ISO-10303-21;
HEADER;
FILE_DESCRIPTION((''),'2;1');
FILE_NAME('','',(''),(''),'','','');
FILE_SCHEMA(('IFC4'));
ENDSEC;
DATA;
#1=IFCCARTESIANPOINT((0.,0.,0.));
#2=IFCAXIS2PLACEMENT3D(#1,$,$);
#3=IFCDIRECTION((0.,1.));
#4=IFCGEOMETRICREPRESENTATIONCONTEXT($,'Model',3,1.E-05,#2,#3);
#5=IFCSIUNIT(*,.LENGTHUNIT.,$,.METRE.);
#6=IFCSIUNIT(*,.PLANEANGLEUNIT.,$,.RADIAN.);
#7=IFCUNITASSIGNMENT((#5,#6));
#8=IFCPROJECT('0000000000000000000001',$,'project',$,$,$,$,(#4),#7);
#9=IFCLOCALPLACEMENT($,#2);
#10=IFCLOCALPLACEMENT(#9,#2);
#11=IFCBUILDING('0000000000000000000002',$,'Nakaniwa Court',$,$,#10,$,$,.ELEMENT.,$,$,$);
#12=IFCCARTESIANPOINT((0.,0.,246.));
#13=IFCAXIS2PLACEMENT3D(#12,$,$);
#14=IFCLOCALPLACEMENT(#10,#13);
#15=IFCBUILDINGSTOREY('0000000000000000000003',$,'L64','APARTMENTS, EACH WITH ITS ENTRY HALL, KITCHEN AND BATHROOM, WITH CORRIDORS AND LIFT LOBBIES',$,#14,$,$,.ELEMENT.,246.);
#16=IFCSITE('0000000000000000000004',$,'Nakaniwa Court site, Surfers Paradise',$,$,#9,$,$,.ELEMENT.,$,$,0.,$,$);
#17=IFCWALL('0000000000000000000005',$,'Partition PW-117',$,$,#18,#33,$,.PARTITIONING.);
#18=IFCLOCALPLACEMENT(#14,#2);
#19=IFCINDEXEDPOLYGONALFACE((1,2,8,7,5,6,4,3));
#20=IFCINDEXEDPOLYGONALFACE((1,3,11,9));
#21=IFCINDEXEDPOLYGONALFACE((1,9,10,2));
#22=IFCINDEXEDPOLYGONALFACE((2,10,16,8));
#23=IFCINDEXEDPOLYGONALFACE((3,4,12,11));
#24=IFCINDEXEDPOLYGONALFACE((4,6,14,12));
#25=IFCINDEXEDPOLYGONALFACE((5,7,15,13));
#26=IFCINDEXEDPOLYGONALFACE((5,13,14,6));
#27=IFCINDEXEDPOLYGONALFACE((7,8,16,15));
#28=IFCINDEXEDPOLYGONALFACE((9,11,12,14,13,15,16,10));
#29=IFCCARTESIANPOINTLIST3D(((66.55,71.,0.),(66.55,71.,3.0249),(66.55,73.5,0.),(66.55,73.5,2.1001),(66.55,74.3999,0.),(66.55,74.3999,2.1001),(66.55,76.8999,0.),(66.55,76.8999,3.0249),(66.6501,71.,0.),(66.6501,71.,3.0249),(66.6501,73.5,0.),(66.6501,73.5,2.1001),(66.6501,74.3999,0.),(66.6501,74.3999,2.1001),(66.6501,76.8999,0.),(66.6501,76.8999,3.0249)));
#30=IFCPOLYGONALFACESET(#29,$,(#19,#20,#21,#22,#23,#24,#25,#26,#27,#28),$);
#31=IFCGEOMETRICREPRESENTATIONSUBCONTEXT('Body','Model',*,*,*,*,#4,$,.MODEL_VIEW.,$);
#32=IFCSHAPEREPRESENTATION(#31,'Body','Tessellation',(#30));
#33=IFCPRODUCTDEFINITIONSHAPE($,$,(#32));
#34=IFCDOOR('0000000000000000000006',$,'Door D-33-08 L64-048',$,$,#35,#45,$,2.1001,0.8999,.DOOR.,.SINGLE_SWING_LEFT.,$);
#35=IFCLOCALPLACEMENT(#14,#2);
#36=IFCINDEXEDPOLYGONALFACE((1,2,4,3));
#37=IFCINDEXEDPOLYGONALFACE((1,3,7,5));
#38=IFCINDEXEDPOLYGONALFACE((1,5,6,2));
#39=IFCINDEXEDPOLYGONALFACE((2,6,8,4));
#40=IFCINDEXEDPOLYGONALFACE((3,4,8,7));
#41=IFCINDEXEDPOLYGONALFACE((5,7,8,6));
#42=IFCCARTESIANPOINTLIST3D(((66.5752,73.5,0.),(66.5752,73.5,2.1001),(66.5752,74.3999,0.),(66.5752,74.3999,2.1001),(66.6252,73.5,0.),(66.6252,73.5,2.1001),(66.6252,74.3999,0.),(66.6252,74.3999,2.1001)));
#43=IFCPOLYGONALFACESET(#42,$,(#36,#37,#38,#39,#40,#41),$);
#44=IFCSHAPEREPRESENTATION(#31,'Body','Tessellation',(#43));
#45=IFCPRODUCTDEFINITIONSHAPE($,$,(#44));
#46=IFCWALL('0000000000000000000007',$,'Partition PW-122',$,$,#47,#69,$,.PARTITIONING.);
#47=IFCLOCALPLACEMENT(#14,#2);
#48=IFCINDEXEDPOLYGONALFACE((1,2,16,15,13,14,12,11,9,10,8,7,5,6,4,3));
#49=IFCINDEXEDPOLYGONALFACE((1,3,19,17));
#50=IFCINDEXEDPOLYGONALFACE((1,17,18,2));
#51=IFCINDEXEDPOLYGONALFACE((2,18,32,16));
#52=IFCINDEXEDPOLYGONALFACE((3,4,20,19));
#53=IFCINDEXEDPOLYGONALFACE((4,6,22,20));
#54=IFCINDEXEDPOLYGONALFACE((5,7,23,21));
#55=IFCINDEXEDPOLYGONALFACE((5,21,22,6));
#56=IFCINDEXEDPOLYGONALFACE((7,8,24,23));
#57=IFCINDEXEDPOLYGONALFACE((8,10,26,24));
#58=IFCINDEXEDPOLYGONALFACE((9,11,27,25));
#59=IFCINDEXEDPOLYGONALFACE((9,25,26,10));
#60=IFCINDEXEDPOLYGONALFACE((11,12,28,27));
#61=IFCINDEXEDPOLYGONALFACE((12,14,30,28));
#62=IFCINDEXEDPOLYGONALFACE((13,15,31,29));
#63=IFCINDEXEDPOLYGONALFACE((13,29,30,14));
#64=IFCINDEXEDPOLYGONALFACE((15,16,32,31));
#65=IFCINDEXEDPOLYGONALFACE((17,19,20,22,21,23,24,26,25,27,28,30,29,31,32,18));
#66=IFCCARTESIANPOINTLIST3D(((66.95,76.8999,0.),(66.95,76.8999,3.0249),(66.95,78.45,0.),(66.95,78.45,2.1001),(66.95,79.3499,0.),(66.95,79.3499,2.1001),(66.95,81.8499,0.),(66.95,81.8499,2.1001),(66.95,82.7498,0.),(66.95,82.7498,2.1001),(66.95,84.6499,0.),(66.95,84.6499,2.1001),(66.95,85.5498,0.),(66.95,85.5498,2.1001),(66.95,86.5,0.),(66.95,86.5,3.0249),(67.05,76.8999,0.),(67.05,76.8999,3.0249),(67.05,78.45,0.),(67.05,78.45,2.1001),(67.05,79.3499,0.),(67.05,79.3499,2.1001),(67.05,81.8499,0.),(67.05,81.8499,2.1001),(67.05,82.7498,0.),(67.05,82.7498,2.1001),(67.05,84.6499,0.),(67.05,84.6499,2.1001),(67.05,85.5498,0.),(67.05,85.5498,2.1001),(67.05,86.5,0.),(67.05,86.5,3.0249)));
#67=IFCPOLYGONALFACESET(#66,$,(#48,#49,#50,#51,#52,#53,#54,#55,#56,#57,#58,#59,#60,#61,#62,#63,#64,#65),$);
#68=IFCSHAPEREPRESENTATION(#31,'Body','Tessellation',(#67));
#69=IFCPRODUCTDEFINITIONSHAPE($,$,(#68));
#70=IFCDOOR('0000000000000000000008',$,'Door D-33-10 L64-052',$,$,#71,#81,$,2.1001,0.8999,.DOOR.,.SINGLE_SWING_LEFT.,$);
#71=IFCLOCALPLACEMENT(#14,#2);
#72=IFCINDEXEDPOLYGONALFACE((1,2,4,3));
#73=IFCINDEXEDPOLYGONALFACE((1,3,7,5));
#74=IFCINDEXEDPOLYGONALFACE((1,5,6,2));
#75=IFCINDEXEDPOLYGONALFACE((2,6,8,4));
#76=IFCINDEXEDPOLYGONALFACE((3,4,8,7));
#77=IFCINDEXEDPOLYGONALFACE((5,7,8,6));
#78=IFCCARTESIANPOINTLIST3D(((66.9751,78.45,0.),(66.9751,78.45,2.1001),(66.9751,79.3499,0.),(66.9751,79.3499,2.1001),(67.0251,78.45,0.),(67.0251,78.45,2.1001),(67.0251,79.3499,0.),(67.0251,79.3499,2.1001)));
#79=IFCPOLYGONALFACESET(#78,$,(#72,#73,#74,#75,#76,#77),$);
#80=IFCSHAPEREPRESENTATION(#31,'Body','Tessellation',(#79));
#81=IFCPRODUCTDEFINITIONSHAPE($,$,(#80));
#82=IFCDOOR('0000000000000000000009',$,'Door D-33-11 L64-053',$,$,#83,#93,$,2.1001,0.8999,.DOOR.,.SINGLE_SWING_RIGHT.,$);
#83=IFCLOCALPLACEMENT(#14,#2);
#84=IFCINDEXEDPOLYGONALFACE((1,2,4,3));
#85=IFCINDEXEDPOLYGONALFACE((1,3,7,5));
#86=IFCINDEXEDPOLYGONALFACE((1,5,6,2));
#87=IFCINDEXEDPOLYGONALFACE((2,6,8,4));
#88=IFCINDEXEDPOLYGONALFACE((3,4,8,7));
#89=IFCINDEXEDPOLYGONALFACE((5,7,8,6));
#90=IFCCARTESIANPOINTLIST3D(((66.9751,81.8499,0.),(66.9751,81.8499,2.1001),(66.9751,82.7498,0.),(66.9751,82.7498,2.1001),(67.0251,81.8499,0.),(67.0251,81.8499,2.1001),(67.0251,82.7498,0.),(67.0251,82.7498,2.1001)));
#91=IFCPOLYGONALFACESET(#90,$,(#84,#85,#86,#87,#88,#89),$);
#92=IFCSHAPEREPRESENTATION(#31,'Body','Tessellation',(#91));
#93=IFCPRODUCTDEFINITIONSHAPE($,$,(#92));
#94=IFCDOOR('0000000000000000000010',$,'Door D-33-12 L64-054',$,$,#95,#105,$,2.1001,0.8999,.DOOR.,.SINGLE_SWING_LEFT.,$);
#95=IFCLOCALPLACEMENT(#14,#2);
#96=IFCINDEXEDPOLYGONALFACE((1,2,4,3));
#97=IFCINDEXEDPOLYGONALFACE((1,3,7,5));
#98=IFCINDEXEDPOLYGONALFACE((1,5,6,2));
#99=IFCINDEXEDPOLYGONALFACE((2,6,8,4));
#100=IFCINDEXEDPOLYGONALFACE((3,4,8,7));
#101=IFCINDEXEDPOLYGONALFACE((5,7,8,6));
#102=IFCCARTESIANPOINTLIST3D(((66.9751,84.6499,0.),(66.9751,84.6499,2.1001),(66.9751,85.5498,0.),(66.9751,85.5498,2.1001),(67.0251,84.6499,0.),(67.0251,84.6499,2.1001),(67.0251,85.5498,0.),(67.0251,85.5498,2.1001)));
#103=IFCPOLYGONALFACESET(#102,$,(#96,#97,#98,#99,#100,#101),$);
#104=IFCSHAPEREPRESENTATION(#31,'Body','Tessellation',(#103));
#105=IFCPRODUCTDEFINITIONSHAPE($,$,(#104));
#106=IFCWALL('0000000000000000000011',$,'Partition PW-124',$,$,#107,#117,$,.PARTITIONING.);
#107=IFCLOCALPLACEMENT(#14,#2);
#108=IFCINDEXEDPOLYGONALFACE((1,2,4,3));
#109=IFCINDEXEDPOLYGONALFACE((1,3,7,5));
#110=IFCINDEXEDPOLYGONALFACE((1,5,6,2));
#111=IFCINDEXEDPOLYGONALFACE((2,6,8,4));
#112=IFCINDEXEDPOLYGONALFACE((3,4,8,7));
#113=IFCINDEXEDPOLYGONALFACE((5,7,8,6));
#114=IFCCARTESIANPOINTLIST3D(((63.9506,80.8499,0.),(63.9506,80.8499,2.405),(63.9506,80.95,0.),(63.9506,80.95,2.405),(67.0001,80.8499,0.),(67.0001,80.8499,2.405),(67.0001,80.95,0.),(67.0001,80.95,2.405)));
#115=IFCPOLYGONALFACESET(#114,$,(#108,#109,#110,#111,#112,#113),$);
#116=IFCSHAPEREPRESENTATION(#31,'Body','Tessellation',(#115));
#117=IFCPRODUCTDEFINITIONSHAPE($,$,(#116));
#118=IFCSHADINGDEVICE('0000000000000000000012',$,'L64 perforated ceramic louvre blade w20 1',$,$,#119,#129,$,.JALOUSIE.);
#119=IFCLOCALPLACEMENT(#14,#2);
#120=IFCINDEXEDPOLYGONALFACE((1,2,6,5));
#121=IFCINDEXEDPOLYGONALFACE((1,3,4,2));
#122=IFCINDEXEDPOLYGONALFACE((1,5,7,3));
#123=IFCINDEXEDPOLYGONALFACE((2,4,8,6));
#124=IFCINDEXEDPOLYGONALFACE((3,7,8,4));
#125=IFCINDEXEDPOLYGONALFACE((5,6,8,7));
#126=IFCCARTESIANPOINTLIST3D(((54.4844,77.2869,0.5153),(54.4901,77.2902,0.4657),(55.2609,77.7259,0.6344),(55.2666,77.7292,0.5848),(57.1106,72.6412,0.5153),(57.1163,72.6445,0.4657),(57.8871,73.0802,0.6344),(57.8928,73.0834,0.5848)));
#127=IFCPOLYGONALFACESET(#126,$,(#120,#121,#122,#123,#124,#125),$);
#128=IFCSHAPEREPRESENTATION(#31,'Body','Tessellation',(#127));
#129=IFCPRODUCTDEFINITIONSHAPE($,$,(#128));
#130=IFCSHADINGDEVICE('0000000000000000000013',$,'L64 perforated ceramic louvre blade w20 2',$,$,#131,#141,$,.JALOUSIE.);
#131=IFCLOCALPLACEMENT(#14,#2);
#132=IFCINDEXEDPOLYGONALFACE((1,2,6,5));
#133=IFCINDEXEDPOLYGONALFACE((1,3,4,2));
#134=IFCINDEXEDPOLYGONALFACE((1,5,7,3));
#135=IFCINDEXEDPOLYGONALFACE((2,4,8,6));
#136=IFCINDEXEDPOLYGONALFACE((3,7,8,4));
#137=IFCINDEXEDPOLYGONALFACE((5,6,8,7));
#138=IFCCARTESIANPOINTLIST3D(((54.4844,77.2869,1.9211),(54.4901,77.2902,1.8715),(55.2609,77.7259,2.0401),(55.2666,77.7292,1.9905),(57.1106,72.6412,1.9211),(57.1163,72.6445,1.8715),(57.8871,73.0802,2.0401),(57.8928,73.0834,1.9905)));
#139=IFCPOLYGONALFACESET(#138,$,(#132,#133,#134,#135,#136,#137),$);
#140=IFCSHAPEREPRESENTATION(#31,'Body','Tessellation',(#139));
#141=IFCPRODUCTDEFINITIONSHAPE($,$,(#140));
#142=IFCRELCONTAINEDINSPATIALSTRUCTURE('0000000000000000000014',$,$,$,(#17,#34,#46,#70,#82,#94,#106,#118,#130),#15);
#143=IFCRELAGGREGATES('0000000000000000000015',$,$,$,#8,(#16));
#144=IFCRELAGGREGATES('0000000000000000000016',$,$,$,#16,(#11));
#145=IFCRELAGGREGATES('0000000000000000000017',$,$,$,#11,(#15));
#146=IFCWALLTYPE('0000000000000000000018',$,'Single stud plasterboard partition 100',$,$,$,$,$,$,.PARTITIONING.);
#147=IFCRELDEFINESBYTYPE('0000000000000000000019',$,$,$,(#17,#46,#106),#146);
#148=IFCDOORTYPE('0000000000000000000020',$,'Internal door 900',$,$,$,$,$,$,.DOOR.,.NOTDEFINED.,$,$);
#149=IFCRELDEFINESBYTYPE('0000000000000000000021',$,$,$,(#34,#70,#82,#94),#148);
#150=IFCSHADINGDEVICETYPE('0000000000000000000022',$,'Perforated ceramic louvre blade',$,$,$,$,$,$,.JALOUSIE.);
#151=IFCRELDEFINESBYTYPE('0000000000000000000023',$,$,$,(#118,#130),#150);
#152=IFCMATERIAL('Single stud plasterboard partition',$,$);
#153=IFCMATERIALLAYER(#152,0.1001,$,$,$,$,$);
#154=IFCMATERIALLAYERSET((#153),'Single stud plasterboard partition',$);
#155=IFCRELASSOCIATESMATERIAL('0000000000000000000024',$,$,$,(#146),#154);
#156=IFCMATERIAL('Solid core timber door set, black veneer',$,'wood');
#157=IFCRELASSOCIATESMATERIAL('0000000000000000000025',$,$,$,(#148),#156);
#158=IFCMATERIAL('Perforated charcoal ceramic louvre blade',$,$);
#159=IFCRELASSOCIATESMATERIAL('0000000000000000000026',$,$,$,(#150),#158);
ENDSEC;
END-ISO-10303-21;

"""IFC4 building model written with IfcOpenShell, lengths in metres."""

from ifc_helpers import new_model, si_unit, direction, frame, frame_2d, origin, origin_2d, place, context, subcontext, project, spatial, rectangle, extrude, material, layer, layer_set, material_profile, profile_set, type_object, element, fill, save


model = new_model("IFC4")

# Units and contexts
model_context = context("Model", 3, precision=1e-05, world=origin(), true_north=direction((0.0, 1.0)))
body_context = subcontext(model_context, "Body", "Model", "MODEL_VIEW")
ifc_project = project(units=[si_unit("LENGTHUNIT", "METRE"), si_unit("PLANEANGLEUNIT", "RADIAN")], contexts=[model_context])

# Site, building, storey
site_placement = place(None, origin())
site = spatial("IfcSite", under=ifc_project, at=site_placement, Name="Nakaniwa Court site, Surfers Paradise", CompositionType="ELEMENT", RefElevation=0.0)
building_placement = place(site_placement, origin())
building = spatial("IfcBuilding", under=site, at=building_placement, Name="Nakaniwa Court", CompositionType="ELEMENT")
storey_placement = place(building_placement, frame((0.0, 0.0, 246.0)))
storey = spatial("IfcBuildingStorey", under=building, at=storey_placement, Name="L64", Description="APARTMENTS, EACH WITH ITS ENTRY HALL, KITCHEN AND BATHROOM, WITH CORRIDORS AND LIFT LOBBIES", CompositionType="ELEMENT", Elevation=246.0)

# Shared definitions
ifc_material_1 = material(Name="Single stud plasterboard partition")
ifc_layer_1 = layer(ifc_material_1, 0.1001)
ifc_layer_set_1 = layer_set([ifc_layer_1], Name="Single stud plasterboard partition")
wall_type_1 = type_object("IfcWallType", Name="Single stud plasterboard partition 100", PredefinedType="PARTITIONING", material=ifc_layer_set_1)

# Shared definitions
ifc_material_2 = material(Name="Solid core timber door set, black veneer", Category="wood")
door_type = type_object("IfcDoorType", Name="Internal door 900", OperationType="NOTDEFINED", PredefinedType="DOOR", material=ifc_material_2)

# Wall, opening, door
wall_1_placement = place(storey_placement, frame((66.6001, 71.0, 0.0), z_axis=(0.0, 0.0, 1.0), x_axis=(0.0, 1.0, 0.0)))
wall_1 = element("IfcWall", 1, at=wall_1_placement, inside=storey, type_object=wall_type_1, Name="Partition PW-117", PredefinedType="PARTITIONING", context=body_context, shape_type="SweptSolid", body=[
    extrude(rectangle(XDim=5.8999, YDim=0.1001, at=frame_2d((2.95, 0.0))), origin(), (0.0, 0.0, 1.0), 3.0249),
])
opening_1_placement = place(wall_1_placement, frame((2.5, 0.0, 0.0)))
opening_1 = element("IfcOpeningElement", 2, at=opening_1_placement, cuts=wall_1, PredefinedType="OPENING", context=body_context, shape_type="SweptSolid", body=[
    extrude(rectangle(XDim=0.8999, YDim=2.1001, at=frame_2d((0.45, 1.05))), frame((0.0, 0.0601, 0.0), z_axis=(0.0, -1.0, 0.0), x_axis=(1.0, 0.0, 0.0)), (0.0, 0.0, 1.0), 0.1201),
])
door_1_placement = place(opening_1_placement, origin())
door_1 = element("IfcDoor", 3, at=door_1_placement, inside=storey, type_object=door_type, Name="Door D-33-08 L64-048", OperationType="SINGLE_SWING_LEFT", OverallHeight=2.1001, OverallWidth=0.8999, PredefinedType="DOOR", context=body_context, shape_type="SweptSolid", body=[
    extrude(rectangle(XDim=0.8999, YDim=2.1001, at=frame_2d((0.45, 1.05))), frame((0.0, 0.0249, 0.0), z_axis=(0.0, -1.0, 0.0), x_axis=(1.0, 0.0, 0.0)), (0.0, 0.0, 1.0), 0.05),
])
fill(opening_1, door_1)

# Wall, openings, doors
wall_2_placement = place(storey_placement, frame((67.0, 76.8999, 0.0), z_axis=(0.0, 0.0, 1.0), x_axis=(0.0, 1.0, 0.0)))
wall_2 = element("IfcWall", 4, at=wall_2_placement, inside=storey, type_object=wall_type_1, Name="Partition PW-122", PredefinedType="PARTITIONING", context=body_context, shape_type="SweptSolid", body=[
    extrude(rectangle(XDim=9.6001, YDim=0.1001, at=frame_2d((4.8, 0.0))), origin(), (0.0, 0.0, 1.0), 3.0249),
])
opening_2_placement = place(wall_2_placement, frame((1.55, 0.0, 0.0)))
opening_2 = element("IfcOpeningElement", 5, at=opening_2_placement, cuts=wall_2, PredefinedType="OPENING", context=body_context, shape_type="SweptSolid", body=[
    extrude(rectangle(XDim=0.8999, YDim=2.1001, at=frame_2d((0.45, 1.05))), frame((0.0, 0.0601, 0.0), z_axis=(0.0, -1.0, 0.0), x_axis=(1.0, 0.0, 0.0)), (0.0, 0.0, 1.0), 0.1201),
])
opening_3_placement = place(wall_2_placement, frame((4.95, 0.0, 0.0)))
opening_3 = element("IfcOpeningElement", 6, at=opening_3_placement, cuts=wall_2, PredefinedType="OPENING", context=body_context, shape_type="SweptSolid", body=[
    extrude(rectangle(XDim=0.8999, YDim=2.1001, at=frame_2d((0.45, 1.05))), frame((0.0, 0.0601, 0.0), z_axis=(0.0, -1.0, 0.0), x_axis=(1.0, 0.0, 0.0)), (0.0, 0.0, 1.0), 0.1201),
])
opening_4_placement = place(wall_2_placement, frame((7.75, 0.0, 0.0)))
opening_4 = element("IfcOpeningElement", 7, at=opening_4_placement, cuts=wall_2, PredefinedType="OPENING", context=body_context, shape_type="SweptSolid", body=[
    extrude(rectangle(XDim=0.8999, YDim=2.1001, at=frame_2d((0.45, 1.05))), frame((0.0, 0.0601, 0.0), z_axis=(0.0, -1.0, 0.0), x_axis=(1.0, 0.0, 0.0)), (0.0, 0.0, 1.0), 0.1201),
])
door_2_placement = place(opening_2_placement, origin())
door_2 = element("IfcDoor", 8, at=door_2_placement, inside=storey, type_object=door_type, Name="Door D-33-10 L64-052", OperationType="SINGLE_SWING_LEFT", OverallHeight=2.1001, OverallWidth=0.8999, PredefinedType="DOOR", context=body_context, shape_type="SweptSolid", body=[
    extrude(rectangle(XDim=0.8999, YDim=2.1001, at=frame_2d((0.45, 1.05))), frame((0.0, 0.0249, 0.0), z_axis=(0.0, -1.0, 0.0), x_axis=(1.0, 0.0, 0.0)), (0.0, 0.0, 1.0), 0.05),
])
fill(opening_2, door_2)
door_3_placement = place(opening_3_placement, origin())
door_3 = element("IfcDoor", 9, at=door_3_placement, inside=storey, type_object=door_type, Name="Door D-33-11 L64-053", OperationType="SINGLE_SWING_RIGHT", OverallHeight=2.1001, OverallWidth=0.8999, PredefinedType="DOOR", context=body_context, shape_type="SweptSolid", body=[
    extrude(rectangle(XDim=0.8999, YDim=2.1001, at=frame_2d((0.45, 1.05))), frame((0.0, 0.0249, 0.0), z_axis=(0.0, -1.0, 0.0), x_axis=(1.0, 0.0, 0.0)), (0.0, 0.0, 1.0), 0.05),
])
fill(opening_3, door_3)
door_4_placement = place(opening_4_placement, origin())
door_4 = element("IfcDoor", 10, at=door_4_placement, inside=storey, type_object=door_type, Name="Door D-33-12 L64-054", OperationType="SINGLE_SWING_LEFT", OverallHeight=2.1001, OverallWidth=0.8999, PredefinedType="DOOR", context=body_context, shape_type="SweptSolid", body=[
    extrude(rectangle(XDim=0.8999, YDim=2.1001, at=frame_2d((0.45, 1.05))), frame((0.0, 0.0249, 0.0), z_axis=(0.0, -1.0, 0.0), x_axis=(1.0, 0.0, 0.0)), (0.0, 0.0, 1.0), 0.05),
])
fill(opening_4, door_4)

# Wall
wall_3_placement = place(storey_placement, frame((63.9504, 80.8999, 0.0), z_axis=(0.0, 0.0, 1.0), x_axis=(1.0, 0.0, 0.0)))
element("IfcWall", 11, at=wall_3_placement, inside=storey, type_object=wall_type_1, Name="Partition PW-124", PredefinedType="PARTITIONING", context=body_context, shape_type="SweptSolid", body=[
    extrude(rectangle(XDim=3.0496, YDim=0.1001, at=frame_2d((1.5249, 0.0))), origin(), (0.0, 0.0, 1.0), 2.405),
])

# Shading devices
ifc_material_3 = material(Name="Perforated charcoal ceramic louvre blade")
ifc_material_profile_1 = material_profile(ifc_material_3, rectangle(XDim=0.8999, YDim=0.05, at=origin_2d()), Name="Perforated ceramic louvre blade")
ifc_profile_set_1 = profile_set([ifc_material_profile_1], Name="Perforated charcoal ceramic louvre blade")
shading_device_type = type_object("IfcShadingDeviceType", Name="Perforated ceramic louvre blade", PredefinedType="JALOUSIE", material=ifc_profile_set_1)
for number, where, z_axis, x_axis, name in (
    (12, (54.8755, 77.5081, 0.55), (0.492109, -0.870534, 0.0), (0.862887, 0.487786, 0.132256), "L64 perforated ceramic louvre blade w20 1"),
    (13, (54.8755, 77.5081, 1.9558), (0.492109, -0.870534, 0.0), (0.862887, 0.487786, 0.132256), "L64 perforated ceramic louvre blade w20 2"),
):
    element("IfcShadingDevice", number, at=place(storey_placement, frame(where, z_axis=z_axis, x_axis=x_axis)), inside=storey, type_object=shading_device_type, Name=name, PredefinedType="JALOUSIE", context=body_context, shape_type="SweptSolid", body=[
        extrude(rectangle(XDim=0.8999, YDim=0.05, at=origin_2d()), origin(), (0.0, 0.0, 1.0), 5.3367),
    ])

save(model, "model.ifc")
